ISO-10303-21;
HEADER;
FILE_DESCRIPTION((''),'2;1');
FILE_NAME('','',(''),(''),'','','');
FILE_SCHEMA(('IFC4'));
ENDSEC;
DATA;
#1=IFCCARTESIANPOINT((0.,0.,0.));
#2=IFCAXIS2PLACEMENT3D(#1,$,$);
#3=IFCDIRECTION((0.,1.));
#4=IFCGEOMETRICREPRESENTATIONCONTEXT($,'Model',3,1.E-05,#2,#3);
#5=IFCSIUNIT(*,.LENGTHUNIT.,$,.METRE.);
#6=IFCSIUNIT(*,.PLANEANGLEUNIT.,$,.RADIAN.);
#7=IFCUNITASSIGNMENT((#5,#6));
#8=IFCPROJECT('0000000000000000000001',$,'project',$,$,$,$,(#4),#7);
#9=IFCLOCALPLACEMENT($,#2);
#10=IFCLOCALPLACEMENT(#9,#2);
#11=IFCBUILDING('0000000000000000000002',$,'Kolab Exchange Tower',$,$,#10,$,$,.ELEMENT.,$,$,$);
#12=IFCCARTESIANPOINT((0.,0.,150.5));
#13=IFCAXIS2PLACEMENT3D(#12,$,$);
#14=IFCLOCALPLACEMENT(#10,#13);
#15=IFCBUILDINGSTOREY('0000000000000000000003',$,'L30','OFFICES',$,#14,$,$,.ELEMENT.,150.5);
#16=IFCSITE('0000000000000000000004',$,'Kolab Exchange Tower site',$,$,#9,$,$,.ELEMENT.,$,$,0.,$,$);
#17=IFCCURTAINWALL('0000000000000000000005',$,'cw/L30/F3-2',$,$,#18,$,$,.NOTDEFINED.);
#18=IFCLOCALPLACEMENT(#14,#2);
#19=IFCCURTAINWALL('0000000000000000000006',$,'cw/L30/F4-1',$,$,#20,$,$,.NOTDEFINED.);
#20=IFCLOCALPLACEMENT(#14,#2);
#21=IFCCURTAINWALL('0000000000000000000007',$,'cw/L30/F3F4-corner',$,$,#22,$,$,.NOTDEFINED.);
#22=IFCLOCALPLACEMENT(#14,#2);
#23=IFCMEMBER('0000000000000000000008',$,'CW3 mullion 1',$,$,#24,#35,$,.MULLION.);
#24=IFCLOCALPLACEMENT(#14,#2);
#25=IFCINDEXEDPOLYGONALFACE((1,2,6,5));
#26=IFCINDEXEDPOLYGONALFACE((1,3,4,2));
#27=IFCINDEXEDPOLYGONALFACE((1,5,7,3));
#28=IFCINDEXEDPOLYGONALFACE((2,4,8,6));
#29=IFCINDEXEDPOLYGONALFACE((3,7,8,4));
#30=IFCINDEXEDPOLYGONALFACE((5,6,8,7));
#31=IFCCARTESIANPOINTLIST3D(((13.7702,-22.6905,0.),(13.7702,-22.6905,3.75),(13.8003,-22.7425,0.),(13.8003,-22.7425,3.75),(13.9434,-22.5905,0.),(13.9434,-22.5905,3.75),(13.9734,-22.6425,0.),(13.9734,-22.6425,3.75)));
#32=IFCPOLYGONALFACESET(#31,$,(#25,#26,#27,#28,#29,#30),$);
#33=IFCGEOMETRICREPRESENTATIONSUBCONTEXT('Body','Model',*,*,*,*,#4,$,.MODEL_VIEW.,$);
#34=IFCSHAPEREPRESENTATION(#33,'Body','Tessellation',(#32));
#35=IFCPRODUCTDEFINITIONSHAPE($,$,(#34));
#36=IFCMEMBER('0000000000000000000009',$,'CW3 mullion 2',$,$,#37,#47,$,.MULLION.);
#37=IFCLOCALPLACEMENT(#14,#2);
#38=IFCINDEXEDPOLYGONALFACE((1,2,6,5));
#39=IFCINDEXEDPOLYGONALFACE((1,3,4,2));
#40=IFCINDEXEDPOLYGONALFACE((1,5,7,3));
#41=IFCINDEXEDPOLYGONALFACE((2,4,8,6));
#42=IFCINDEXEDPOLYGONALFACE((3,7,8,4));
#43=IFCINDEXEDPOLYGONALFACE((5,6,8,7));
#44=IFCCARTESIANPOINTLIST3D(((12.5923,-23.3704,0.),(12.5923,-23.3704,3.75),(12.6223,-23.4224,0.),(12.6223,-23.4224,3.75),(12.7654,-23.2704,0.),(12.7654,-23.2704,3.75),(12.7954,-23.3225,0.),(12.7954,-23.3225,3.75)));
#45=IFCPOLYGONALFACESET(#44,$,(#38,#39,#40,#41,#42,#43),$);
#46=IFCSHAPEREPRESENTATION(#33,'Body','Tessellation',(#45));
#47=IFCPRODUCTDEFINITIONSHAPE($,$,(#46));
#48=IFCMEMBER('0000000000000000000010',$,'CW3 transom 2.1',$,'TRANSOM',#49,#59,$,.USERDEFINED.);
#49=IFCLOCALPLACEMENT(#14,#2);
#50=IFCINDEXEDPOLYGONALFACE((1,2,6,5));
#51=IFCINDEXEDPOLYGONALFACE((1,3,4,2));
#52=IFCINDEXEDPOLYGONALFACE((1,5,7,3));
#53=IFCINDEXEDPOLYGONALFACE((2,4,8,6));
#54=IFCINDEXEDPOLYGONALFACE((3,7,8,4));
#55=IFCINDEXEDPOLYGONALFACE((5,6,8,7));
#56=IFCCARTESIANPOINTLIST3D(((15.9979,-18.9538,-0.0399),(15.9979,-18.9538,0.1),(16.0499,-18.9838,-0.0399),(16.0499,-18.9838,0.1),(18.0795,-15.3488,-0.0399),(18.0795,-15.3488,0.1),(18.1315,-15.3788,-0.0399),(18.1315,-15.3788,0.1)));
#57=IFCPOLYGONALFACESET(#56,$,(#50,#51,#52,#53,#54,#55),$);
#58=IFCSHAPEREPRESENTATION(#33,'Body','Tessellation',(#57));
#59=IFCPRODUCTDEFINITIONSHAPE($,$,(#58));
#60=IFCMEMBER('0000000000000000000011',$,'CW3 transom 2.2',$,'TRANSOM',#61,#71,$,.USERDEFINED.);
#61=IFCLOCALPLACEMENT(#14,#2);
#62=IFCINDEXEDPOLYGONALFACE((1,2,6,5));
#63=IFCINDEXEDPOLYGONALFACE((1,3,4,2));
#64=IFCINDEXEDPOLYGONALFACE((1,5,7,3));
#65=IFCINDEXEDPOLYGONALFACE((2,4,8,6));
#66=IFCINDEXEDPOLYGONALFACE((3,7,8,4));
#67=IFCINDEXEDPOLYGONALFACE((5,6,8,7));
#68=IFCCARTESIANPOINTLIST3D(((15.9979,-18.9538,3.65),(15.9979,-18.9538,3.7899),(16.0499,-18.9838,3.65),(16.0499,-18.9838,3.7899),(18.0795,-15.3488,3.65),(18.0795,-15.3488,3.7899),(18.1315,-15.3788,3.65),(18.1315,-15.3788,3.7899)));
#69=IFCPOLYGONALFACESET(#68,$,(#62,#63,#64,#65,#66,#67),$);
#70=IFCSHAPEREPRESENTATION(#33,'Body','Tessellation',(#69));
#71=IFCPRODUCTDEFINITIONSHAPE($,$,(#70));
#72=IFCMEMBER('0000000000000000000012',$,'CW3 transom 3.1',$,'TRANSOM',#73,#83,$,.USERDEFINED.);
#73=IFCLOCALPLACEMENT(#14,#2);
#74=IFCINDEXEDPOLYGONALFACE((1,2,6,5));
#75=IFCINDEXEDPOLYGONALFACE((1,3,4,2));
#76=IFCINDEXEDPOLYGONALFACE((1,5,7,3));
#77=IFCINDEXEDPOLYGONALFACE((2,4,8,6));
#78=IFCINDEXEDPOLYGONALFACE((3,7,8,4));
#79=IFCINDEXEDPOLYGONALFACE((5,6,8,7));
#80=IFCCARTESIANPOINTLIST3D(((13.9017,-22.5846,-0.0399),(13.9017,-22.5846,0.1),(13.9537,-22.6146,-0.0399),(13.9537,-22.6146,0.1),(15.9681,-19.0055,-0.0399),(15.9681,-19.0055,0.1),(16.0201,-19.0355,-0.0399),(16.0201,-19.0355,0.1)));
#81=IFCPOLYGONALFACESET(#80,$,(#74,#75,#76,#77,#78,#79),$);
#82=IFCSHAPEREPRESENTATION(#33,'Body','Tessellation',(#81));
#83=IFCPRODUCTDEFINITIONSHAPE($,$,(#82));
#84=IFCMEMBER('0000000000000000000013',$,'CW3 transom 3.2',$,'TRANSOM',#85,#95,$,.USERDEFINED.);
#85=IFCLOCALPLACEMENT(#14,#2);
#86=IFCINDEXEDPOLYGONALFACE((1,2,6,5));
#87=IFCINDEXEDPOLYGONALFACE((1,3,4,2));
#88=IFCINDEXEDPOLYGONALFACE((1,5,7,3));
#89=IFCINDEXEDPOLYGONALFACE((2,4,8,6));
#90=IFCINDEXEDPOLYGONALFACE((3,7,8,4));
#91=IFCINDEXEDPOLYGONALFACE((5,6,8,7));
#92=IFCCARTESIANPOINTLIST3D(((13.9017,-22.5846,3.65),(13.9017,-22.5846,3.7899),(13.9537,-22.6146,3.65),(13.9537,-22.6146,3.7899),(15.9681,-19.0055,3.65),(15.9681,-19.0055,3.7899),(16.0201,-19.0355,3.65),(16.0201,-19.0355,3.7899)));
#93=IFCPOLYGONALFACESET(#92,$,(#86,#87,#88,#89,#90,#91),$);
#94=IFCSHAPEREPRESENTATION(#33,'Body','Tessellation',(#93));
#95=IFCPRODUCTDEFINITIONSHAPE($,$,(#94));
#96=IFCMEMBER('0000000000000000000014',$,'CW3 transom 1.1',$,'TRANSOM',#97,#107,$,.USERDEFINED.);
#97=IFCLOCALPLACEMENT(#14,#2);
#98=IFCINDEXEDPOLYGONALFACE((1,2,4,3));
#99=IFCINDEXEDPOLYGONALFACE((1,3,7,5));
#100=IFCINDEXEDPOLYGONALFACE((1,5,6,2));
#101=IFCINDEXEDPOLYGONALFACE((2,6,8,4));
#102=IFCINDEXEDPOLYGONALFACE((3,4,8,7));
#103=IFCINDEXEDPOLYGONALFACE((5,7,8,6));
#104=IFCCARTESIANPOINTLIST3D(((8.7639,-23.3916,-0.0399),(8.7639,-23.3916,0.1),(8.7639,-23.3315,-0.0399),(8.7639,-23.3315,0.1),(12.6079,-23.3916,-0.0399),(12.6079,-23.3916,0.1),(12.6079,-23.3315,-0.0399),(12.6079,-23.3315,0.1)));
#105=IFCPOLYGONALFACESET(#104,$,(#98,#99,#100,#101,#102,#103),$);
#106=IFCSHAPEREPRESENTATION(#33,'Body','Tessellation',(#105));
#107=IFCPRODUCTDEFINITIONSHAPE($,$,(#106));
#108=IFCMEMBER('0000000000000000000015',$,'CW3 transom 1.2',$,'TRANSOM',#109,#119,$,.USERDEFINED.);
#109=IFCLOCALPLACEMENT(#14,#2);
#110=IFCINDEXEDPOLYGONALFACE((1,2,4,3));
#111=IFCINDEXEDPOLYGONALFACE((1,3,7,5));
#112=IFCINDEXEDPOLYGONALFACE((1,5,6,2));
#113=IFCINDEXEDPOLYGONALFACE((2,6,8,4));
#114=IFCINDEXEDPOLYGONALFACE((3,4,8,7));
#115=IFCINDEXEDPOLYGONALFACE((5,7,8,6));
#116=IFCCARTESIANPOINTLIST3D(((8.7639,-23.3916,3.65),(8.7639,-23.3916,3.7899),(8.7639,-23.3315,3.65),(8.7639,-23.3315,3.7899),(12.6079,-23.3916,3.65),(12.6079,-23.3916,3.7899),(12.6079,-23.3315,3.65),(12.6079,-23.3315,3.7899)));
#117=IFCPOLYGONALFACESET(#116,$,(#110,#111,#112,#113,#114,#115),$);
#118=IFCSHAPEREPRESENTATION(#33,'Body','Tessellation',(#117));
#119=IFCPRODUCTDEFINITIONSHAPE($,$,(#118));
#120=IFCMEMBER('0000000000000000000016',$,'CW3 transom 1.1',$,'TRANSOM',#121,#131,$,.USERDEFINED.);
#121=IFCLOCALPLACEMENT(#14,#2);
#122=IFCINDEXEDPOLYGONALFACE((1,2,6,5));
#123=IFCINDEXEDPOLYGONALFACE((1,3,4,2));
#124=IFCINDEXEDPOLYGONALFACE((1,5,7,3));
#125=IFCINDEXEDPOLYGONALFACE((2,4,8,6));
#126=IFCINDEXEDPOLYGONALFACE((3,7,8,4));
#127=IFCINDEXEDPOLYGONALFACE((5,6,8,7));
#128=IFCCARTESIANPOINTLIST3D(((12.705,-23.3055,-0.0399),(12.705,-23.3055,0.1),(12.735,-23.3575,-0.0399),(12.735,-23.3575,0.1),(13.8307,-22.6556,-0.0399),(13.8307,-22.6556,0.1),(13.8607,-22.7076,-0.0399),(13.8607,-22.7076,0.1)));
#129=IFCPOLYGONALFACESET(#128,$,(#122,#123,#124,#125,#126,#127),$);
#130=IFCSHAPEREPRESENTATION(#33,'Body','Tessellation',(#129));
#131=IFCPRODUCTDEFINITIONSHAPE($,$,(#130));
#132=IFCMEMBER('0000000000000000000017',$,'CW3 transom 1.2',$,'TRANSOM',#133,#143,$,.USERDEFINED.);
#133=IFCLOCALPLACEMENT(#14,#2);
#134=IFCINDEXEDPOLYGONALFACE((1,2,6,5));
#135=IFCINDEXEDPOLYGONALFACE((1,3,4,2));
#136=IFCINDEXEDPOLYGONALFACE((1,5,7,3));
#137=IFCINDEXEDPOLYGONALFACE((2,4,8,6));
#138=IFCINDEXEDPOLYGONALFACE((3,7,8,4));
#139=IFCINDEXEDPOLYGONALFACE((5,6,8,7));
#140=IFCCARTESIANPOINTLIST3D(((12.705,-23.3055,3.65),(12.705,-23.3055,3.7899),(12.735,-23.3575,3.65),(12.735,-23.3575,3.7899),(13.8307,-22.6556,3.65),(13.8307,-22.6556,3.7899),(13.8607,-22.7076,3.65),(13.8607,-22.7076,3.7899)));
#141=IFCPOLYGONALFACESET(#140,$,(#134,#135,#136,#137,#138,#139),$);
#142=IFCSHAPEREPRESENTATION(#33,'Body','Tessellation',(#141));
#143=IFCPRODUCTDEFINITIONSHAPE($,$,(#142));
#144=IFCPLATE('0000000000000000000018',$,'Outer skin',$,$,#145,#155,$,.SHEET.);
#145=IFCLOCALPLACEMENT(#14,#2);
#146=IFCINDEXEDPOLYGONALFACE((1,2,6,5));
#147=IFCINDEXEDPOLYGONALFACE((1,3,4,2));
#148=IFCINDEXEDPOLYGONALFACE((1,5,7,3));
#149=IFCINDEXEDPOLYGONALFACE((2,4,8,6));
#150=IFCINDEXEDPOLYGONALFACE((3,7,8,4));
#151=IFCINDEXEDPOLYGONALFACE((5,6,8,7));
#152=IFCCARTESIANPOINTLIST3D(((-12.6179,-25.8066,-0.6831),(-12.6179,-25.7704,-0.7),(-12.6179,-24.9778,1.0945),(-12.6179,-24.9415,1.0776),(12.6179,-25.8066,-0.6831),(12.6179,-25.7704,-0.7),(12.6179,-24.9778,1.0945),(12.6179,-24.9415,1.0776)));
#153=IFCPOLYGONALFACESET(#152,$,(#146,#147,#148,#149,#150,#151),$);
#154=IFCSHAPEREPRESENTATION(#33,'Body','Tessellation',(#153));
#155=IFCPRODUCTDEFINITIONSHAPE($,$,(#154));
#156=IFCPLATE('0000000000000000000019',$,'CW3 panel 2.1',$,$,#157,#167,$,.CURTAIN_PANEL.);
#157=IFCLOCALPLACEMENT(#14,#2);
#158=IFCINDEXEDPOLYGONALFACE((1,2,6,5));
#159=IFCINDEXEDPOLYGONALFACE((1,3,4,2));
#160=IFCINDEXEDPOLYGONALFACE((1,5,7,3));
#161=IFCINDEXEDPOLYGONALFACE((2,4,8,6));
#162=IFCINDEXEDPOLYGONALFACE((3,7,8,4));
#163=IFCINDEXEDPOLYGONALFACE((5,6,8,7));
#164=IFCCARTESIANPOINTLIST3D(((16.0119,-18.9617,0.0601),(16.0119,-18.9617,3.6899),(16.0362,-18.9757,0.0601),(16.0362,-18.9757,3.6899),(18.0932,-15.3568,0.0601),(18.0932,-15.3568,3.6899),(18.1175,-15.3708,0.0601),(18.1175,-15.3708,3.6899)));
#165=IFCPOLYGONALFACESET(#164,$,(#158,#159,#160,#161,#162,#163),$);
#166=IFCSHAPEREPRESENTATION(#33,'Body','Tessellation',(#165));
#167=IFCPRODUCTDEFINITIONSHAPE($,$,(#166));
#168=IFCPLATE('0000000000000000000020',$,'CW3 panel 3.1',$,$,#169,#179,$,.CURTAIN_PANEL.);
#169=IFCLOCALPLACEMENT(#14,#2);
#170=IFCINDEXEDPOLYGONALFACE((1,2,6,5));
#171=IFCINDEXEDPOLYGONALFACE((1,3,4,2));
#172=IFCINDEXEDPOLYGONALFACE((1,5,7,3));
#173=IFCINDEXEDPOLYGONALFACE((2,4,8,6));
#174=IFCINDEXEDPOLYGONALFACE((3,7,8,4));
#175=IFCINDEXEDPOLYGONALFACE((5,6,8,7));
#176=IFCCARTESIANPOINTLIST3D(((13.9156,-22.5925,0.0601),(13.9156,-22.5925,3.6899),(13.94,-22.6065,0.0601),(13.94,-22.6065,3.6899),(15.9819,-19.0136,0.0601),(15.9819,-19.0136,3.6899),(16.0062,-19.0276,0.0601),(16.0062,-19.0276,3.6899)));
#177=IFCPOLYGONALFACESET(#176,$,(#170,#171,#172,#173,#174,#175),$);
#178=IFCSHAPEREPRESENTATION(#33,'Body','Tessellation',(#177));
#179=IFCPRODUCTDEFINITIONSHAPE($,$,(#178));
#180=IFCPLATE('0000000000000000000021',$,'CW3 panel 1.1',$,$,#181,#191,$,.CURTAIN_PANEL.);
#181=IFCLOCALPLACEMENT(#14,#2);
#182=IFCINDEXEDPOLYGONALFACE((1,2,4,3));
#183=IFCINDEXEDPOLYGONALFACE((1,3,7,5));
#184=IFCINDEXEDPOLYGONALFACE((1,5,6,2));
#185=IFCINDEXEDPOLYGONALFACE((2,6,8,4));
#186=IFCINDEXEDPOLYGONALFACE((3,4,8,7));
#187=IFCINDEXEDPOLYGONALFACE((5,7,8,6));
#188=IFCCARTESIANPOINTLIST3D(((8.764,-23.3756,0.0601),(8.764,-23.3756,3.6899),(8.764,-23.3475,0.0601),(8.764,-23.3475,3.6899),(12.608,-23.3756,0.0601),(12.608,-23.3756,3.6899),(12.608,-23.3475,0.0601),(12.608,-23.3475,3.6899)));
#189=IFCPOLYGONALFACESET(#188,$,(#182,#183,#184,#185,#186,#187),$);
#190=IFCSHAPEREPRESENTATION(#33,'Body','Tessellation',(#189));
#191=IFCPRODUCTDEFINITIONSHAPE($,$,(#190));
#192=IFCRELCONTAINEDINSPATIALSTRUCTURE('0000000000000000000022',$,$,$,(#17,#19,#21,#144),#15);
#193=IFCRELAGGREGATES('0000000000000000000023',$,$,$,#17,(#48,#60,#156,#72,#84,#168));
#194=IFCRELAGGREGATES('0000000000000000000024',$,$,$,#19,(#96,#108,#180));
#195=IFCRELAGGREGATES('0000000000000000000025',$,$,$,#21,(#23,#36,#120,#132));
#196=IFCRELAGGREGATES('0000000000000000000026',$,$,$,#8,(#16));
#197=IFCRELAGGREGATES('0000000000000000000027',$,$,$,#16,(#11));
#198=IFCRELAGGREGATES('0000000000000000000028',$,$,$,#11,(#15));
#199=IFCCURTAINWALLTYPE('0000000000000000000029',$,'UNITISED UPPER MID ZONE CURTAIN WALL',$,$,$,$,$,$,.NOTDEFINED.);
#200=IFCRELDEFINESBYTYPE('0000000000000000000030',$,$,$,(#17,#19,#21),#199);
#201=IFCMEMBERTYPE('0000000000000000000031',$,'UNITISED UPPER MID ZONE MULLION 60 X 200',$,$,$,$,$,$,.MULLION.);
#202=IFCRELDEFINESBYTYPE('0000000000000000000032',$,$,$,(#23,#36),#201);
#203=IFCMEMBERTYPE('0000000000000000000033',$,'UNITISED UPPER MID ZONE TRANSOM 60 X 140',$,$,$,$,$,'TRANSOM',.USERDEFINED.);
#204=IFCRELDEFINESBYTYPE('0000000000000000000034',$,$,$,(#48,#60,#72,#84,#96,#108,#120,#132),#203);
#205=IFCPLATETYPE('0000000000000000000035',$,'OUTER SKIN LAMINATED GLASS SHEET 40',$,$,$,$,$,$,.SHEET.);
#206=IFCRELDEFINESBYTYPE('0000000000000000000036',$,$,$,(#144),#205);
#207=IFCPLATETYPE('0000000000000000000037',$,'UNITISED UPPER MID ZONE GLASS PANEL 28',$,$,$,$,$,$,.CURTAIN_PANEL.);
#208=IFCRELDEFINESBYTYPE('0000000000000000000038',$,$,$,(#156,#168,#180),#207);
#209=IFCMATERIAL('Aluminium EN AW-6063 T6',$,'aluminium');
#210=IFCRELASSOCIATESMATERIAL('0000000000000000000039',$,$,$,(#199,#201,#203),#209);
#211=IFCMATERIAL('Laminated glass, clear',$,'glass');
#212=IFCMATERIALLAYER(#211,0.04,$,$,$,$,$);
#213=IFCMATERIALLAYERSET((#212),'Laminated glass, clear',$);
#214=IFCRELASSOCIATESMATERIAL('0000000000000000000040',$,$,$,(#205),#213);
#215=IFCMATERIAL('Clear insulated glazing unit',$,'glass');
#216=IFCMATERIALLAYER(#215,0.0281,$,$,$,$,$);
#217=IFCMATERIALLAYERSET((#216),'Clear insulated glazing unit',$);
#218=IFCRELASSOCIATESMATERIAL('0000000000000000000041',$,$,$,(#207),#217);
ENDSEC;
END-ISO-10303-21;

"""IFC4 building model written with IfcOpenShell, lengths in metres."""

from ifc_helpers import new_model, si_unit, direction, frame, origin, origin_2d, place, context, subcontext, project, spatial, polyline, rectangle, outline, extrude, material, layer, layer_set, material_profile, profile_set, type_object, element, aggregate, save


model = new_model("IFC4")

# Units and contexts
model_context = context("Model", 3, precision=1e-05, world=origin(), true_north=direction((0.0, 1.0)))
body_context = subcontext(model_context, "Body", "Model", "MODEL_VIEW")
ifc_project = project(units=[si_unit("LENGTHUNIT", "METRE"), si_unit("PLANEANGLEUNIT", "RADIAN")], contexts=[model_context])

# Site, building, storey
site_placement = place(None, origin())
site = spatial("IfcSite", under=ifc_project, at=site_placement, Name="Kolab Exchange Tower site", CompositionType="ELEMENT", RefElevation=0.0)
building_placement = place(site_placement, origin())
building = spatial("IfcBuilding", under=site, at=building_placement, Name="Kolab Exchange Tower", CompositionType="ELEMENT")
storey_placement = place(building_placement, frame((0.0, 0.0, 150.5)))
storey = spatial("IfcBuildingStorey", under=building, at=storey_placement, Name="L30", Description="OFFICES", CompositionType="ELEMENT", Elevation=150.5)

# Curtain wall
ifc_material_1 = material(Name="Aluminium EN AW-6063 T6", Category="aluminium")
curtain_wall_type = type_object("IfcCurtainWallType", Name="UNITISED UPPER MID ZONE CURTAIN WALL", PredefinedType="NOTDEFINED", material=ifc_material_1)
curtain_wall_1_placement = place(storey_placement, origin())
curtain_wall_1 = element("IfcCurtainWall", 1, at=curtain_wall_1_placement, inside=storey, type_object=curtain_wall_type, Name="cw/L30/F3-2", PredefinedType="NOTDEFINED")
ifc_material_profile_1 = material_profile(ifc_material_1, rectangle(XDim=0.0601, YDim=0.2, at=origin_2d()), Name="RECT 60X200")
ifc_profile_set_1 = profile_set([ifc_material_profile_1], Name="Aluminium EN AW-6063 T6")
member_type_1 = type_object("IfcMemberType", Name="UNITISED UPPER MID ZONE MULLION 60 X 200", PredefinedType="MULLION", material=ifc_profile_set_1)

# Curtain wall
curtain_wall_2_placement = place(storey_placement, origin())
curtain_wall_2 = element("IfcCurtainWall", 2, at=curtain_wall_2_placement, inside=storey, type_object=curtain_wall_type, Name="cw/L30/F4-1", PredefinedType="NOTDEFINED")

# Curtain wall, members
curtain_wall_3_placement = place(storey_placement, origin())
curtain_wall_3 = element("IfcCurtainWall", 3, at=curtain_wall_3_placement, inside=storey, type_object=curtain_wall_type, Name="cw/L30/F3F4-corner", PredefinedType="NOTDEFINED")
member_1_placement = place(storey_placement, frame((13.8718, -22.6665, 0.0), z_axis=(0.0, 0.0, 1.0), x_axis=(0.5, -0.866025, 0.0)))
member_1 = element("IfcMember", 4, at=member_1_placement, type_object=member_type_1, Name="CW3 mullion 1", PredefinedType="MULLION", context=body_context, shape_type="SweptSolid", body=[
    extrude(rectangle(XDim=0.0601, YDim=0.2, at=origin_2d()), origin(), (0.0, 0.0, 1.0), 3.75),
])
member_2_placement = place(storey_placement, frame((12.6938, -23.3464, 0.0), z_axis=(0.0, 0.0, 1.0), x_axis=(0.5, -0.866025, 0.0)))
member_2 = element("IfcMember", 5, at=member_2_placement, type_object=member_type_1, Name="CW3 mullion 2", PredefinedType="MULLION", context=body_context, shape_type="SweptSolid", body=[
    extrude(rectangle(XDim=0.0601, YDim=0.2, at=origin_2d()), origin(), (0.0, 0.0, 1.0), 3.75),
])

# Members
ifc_material_profile_2 = material_profile(ifc_material_1, rectangle(XDim=0.0601, YDim=0.1399, at=origin_2d()), Name="RECT 60X140")
ifc_profile_set_2 = profile_set([ifc_material_profile_2], Name="Aluminium EN AW-6063 T6")
member_type_2 = type_object("IfcMemberType", Name="UNITISED UPPER MID ZONE TRANSOM 60 X 140", ElementType="TRANSOM", PredefinedType="USERDEFINED", material=ifc_profile_set_2)
member_3_placement = place(storey_placement, frame((18.1055, -15.3638, 0.03), z_axis=(-0.500037, -0.866004, 0.0), x_axis=(0.866004, -0.500037, 0.0)))
member_3 = element("IfcMember", 6, at=member_3_placement, type_object=member_type_2, Name="CW3 transom 2.1", ObjectType="TRANSOM", PredefinedType="USERDEFINED", context=body_context, shape_type="SweptSolid", body=[
    extrude(rectangle(XDim=0.0601, YDim=0.1399, at=origin_2d()), origin(), (0.0, 0.0, 1.0), 4.1628),
])
member_4_placement = place(storey_placement, frame((18.1055, -15.3638, 3.72), z_axis=(-0.500037, -0.866004, 0.0), x_axis=(0.866004, -0.500037, 0.0)))
member_4 = element("IfcMember", 7, at=member_4_placement, type_object=member_type_2, Name="CW3 transom 2.2", ObjectType="TRANSOM", PredefinedType="USERDEFINED", context=body_context, shape_type="SweptSolid", body=[
    extrude(rectangle(XDim=0.0601, YDim=0.1399, at=origin_2d()), origin(), (0.0, 0.0, 1.0), 4.1628),
])
member_5_placement = place(storey_placement, frame((15.9941, -19.0205, 0.03), z_axis=(-0.500002, -0.866024, 0.0), x_axis=(0.866024, -0.500002, 0.0)))
member_5 = element("IfcMember", 8, at=member_5_placement, type_object=member_type_2, Name="CW3 transom 3.1", ObjectType="TRANSOM", PredefinedType="USERDEFINED", context=body_context, shape_type="SweptSolid", body=[
    extrude(rectangle(XDim=0.0601, YDim=0.1399, at=origin_2d()), origin(), (0.0, 0.0, 1.0), 4.1328),
])
member_6_placement = place(storey_placement, frame((15.9941, -19.0205, 3.72), z_axis=(-0.500002, -0.866024, 0.0), x_axis=(0.866024, -0.500002, 0.0)))
member_6 = element("IfcMember", 9, at=member_6_placement, type_object=member_type_2, Name="CW3 transom 3.2", ObjectType="TRANSOM", PredefinedType="USERDEFINED", context=body_context, shape_type="SweptSolid", body=[
    extrude(rectangle(XDim=0.0601, YDim=0.1399, at=origin_2d()), origin(), (0.0, 0.0, 1.0), 4.1328),
])
member_7_placement = place(storey_placement, frame((12.6079, -23.3616, 0.03), z_axis=(-1.0, 0.0, 0.0), x_axis=(0.0, -1.0, 0.0)))
member_7 = element("IfcMember", 10, at=member_7_placement, type_object=member_type_2, Name="CW3 transom 1.1", ObjectType="TRANSOM", PredefinedType="USERDEFINED", context=body_context, shape_type="SweptSolid", body=[
    extrude(rectangle(XDim=0.0601, YDim=0.1399, at=origin_2d()), origin(), (0.0, 0.0, 1.0), 3.844),
])
member_8_placement = place(storey_placement, frame((12.6079, -23.3616, 3.72), z_axis=(-1.0, 0.0, 0.0), x_axis=(0.0, -1.0, 0.0)))
member_8 = element("IfcMember", 11, at=member_8_placement, type_object=member_type_2, Name="CW3 transom 1.2", ObjectType="TRANSOM", PredefinedType="USERDEFINED", context=body_context, shape_type="SweptSolid", body=[
    extrude(rectangle(XDim=0.0601, YDim=0.1399, at=origin_2d()), origin(), (0.0, 0.0, 1.0), 3.844),
])
member_9_placement = place(storey_placement, frame((13.8457, -22.6816, 0.03), z_axis=(-0.866039, -0.499977, 0.0), x_axis=(0.499977, -0.866039, 0.0)))
member_9 = element("IfcMember", 12, at=member_9_placement, type_object=member_type_2, Name="CW3 transom 1.1", ObjectType="TRANSOM", PredefinedType="USERDEFINED", context=body_context, shape_type="SweptSolid", body=[
    extrude(rectangle(XDim=0.0601, YDim=0.1399, at=origin_2d()), origin(), (0.0, 0.0, 1.0), 1.2998),
])
member_10_placement = place(storey_placement, frame((13.8457, -22.6816, 3.72), z_axis=(-0.866039, -0.499977, 0.0), x_axis=(0.499977, -0.866039, 0.0)))
member_10 = element("IfcMember", 13, at=member_10_placement, type_object=member_type_2, Name="CW3 transom 1.2", ObjectType="TRANSOM", PredefinedType="USERDEFINED", context=body_context, shape_type="SweptSolid", body=[
    extrude(rectangle(XDim=0.0601, YDim=0.1399, at=origin_2d()), origin(), (0.0, 0.0, 1.0), 1.2998),
])

# Plates
ifc_material_2 = material(Name="Laminated glass, clear", Category="glass")
ifc_layer_1 = layer(ifc_material_2, 0.04)
ifc_layer_set_1 = layer_set([ifc_layer_1], Name="Laminated glass, clear")
plate_type_1 = type_object("IfcPlateType", Name="OUTER SKIN LAMINATED GLASS SHEET 40", PredefinedType="SHEET", material=ifc_layer_set_1)
plate_1_placement = place(storey_placement, frame((12.6179, -25.8066, -0.6831), z_axis=(0.0, -0.906317, 0.422599), x_axis=(-1.0, 0.0, 0.0)))
element("IfcPlate", 14, at=plate_1_placement, inside=storey, type_object=plate_type_1, Name="Outer skin", PredefinedType="SHEET", context=body_context, shape_type="SweptSolid", body=[
    extrude(outline(polyline([(0.0, 0.0), (25.2358, 0.0), (25.2358, -1.9613), (0.0, -1.9613), (0.0, 0.0)])), origin(), (0.0, 0.0, -1.0), 0.04),
])
ifc_material_3 = material(Name="Clear insulated glazing unit", Category="glass")
ifc_layer_2 = layer(ifc_material_3, 0.0281)
ifc_layer_set_2 = layer_set([ifc_layer_2], Name="Clear insulated glazing unit")
plate_type_2 = type_object("IfcPlateType", Name="UNITISED UPPER MID ZONE GLASS PANEL 28", PredefinedType="CURTAIN_PANEL", material=ifc_layer_set_2)
plate_2_placement = place(storey_placement, frame((17.0647, -17.1663, 0.0601), z_axis=(0.0, 0.0, 1.0), x_axis=(-0.5, -0.866025, 0.0)))
plate_2 = element("IfcPlate", 15, at=plate_2_placement, type_object=plate_type_2, Name="CW3 panel 2.1", PredefinedType="CURTAIN_PANEL", context=body_context, shape_type="SweptSolid", body=[
    extrude(rectangle(XDim=4.1626, YDim=0.0281, at=origin_2d()), origin(), (0.0, 0.0, 1.0), 3.6299),
])
plate_3_placement = place(storey_placement, frame((14.9609, -20.8101, 0.0601), z_axis=(0.0, 0.0, 1.0), x_axis=(-0.5, -0.866025, 0.0)))
plate_3 = element("IfcPlate", 16, at=plate_3_placement, type_object=plate_type_2, Name="CW3 panel 3.1", PredefinedType="CURTAIN_PANEL", context=body_context, shape_type="SweptSolid", body=[
    extrude(rectangle(XDim=4.1326, YDim=0.0281, at=origin_2d()), origin(), (0.0, 0.0, 1.0), 3.6299),
])
aggregate(curtain_wall_1, [member_3, member_4, plate_2, member_5, member_6, plate_3])
plate_4_placement = place(storey_placement, frame((10.686, -23.3616, 0.0601), z_axis=(0.0, 0.0, 1.0), x_axis=(-1.0, 0.0, 0.0)))
plate_4 = element("IfcPlate", 17, at=plate_4_placement, type_object=plate_type_2, Name="CW3 panel 1.1", PredefinedType="CURTAIN_PANEL", context=body_context, shape_type="SweptSolid", body=[
    extrude(rectangle(XDim=3.844, YDim=0.0281, at=origin_2d()), origin(), (0.0, 0.0, 1.0), 3.6299),
])
aggregate(curtain_wall_2, [member_7, member_8, plate_4])
aggregate(curtain_wall_3, [member_1, member_2, member_9, member_10])

save(model, "model.ifc")
